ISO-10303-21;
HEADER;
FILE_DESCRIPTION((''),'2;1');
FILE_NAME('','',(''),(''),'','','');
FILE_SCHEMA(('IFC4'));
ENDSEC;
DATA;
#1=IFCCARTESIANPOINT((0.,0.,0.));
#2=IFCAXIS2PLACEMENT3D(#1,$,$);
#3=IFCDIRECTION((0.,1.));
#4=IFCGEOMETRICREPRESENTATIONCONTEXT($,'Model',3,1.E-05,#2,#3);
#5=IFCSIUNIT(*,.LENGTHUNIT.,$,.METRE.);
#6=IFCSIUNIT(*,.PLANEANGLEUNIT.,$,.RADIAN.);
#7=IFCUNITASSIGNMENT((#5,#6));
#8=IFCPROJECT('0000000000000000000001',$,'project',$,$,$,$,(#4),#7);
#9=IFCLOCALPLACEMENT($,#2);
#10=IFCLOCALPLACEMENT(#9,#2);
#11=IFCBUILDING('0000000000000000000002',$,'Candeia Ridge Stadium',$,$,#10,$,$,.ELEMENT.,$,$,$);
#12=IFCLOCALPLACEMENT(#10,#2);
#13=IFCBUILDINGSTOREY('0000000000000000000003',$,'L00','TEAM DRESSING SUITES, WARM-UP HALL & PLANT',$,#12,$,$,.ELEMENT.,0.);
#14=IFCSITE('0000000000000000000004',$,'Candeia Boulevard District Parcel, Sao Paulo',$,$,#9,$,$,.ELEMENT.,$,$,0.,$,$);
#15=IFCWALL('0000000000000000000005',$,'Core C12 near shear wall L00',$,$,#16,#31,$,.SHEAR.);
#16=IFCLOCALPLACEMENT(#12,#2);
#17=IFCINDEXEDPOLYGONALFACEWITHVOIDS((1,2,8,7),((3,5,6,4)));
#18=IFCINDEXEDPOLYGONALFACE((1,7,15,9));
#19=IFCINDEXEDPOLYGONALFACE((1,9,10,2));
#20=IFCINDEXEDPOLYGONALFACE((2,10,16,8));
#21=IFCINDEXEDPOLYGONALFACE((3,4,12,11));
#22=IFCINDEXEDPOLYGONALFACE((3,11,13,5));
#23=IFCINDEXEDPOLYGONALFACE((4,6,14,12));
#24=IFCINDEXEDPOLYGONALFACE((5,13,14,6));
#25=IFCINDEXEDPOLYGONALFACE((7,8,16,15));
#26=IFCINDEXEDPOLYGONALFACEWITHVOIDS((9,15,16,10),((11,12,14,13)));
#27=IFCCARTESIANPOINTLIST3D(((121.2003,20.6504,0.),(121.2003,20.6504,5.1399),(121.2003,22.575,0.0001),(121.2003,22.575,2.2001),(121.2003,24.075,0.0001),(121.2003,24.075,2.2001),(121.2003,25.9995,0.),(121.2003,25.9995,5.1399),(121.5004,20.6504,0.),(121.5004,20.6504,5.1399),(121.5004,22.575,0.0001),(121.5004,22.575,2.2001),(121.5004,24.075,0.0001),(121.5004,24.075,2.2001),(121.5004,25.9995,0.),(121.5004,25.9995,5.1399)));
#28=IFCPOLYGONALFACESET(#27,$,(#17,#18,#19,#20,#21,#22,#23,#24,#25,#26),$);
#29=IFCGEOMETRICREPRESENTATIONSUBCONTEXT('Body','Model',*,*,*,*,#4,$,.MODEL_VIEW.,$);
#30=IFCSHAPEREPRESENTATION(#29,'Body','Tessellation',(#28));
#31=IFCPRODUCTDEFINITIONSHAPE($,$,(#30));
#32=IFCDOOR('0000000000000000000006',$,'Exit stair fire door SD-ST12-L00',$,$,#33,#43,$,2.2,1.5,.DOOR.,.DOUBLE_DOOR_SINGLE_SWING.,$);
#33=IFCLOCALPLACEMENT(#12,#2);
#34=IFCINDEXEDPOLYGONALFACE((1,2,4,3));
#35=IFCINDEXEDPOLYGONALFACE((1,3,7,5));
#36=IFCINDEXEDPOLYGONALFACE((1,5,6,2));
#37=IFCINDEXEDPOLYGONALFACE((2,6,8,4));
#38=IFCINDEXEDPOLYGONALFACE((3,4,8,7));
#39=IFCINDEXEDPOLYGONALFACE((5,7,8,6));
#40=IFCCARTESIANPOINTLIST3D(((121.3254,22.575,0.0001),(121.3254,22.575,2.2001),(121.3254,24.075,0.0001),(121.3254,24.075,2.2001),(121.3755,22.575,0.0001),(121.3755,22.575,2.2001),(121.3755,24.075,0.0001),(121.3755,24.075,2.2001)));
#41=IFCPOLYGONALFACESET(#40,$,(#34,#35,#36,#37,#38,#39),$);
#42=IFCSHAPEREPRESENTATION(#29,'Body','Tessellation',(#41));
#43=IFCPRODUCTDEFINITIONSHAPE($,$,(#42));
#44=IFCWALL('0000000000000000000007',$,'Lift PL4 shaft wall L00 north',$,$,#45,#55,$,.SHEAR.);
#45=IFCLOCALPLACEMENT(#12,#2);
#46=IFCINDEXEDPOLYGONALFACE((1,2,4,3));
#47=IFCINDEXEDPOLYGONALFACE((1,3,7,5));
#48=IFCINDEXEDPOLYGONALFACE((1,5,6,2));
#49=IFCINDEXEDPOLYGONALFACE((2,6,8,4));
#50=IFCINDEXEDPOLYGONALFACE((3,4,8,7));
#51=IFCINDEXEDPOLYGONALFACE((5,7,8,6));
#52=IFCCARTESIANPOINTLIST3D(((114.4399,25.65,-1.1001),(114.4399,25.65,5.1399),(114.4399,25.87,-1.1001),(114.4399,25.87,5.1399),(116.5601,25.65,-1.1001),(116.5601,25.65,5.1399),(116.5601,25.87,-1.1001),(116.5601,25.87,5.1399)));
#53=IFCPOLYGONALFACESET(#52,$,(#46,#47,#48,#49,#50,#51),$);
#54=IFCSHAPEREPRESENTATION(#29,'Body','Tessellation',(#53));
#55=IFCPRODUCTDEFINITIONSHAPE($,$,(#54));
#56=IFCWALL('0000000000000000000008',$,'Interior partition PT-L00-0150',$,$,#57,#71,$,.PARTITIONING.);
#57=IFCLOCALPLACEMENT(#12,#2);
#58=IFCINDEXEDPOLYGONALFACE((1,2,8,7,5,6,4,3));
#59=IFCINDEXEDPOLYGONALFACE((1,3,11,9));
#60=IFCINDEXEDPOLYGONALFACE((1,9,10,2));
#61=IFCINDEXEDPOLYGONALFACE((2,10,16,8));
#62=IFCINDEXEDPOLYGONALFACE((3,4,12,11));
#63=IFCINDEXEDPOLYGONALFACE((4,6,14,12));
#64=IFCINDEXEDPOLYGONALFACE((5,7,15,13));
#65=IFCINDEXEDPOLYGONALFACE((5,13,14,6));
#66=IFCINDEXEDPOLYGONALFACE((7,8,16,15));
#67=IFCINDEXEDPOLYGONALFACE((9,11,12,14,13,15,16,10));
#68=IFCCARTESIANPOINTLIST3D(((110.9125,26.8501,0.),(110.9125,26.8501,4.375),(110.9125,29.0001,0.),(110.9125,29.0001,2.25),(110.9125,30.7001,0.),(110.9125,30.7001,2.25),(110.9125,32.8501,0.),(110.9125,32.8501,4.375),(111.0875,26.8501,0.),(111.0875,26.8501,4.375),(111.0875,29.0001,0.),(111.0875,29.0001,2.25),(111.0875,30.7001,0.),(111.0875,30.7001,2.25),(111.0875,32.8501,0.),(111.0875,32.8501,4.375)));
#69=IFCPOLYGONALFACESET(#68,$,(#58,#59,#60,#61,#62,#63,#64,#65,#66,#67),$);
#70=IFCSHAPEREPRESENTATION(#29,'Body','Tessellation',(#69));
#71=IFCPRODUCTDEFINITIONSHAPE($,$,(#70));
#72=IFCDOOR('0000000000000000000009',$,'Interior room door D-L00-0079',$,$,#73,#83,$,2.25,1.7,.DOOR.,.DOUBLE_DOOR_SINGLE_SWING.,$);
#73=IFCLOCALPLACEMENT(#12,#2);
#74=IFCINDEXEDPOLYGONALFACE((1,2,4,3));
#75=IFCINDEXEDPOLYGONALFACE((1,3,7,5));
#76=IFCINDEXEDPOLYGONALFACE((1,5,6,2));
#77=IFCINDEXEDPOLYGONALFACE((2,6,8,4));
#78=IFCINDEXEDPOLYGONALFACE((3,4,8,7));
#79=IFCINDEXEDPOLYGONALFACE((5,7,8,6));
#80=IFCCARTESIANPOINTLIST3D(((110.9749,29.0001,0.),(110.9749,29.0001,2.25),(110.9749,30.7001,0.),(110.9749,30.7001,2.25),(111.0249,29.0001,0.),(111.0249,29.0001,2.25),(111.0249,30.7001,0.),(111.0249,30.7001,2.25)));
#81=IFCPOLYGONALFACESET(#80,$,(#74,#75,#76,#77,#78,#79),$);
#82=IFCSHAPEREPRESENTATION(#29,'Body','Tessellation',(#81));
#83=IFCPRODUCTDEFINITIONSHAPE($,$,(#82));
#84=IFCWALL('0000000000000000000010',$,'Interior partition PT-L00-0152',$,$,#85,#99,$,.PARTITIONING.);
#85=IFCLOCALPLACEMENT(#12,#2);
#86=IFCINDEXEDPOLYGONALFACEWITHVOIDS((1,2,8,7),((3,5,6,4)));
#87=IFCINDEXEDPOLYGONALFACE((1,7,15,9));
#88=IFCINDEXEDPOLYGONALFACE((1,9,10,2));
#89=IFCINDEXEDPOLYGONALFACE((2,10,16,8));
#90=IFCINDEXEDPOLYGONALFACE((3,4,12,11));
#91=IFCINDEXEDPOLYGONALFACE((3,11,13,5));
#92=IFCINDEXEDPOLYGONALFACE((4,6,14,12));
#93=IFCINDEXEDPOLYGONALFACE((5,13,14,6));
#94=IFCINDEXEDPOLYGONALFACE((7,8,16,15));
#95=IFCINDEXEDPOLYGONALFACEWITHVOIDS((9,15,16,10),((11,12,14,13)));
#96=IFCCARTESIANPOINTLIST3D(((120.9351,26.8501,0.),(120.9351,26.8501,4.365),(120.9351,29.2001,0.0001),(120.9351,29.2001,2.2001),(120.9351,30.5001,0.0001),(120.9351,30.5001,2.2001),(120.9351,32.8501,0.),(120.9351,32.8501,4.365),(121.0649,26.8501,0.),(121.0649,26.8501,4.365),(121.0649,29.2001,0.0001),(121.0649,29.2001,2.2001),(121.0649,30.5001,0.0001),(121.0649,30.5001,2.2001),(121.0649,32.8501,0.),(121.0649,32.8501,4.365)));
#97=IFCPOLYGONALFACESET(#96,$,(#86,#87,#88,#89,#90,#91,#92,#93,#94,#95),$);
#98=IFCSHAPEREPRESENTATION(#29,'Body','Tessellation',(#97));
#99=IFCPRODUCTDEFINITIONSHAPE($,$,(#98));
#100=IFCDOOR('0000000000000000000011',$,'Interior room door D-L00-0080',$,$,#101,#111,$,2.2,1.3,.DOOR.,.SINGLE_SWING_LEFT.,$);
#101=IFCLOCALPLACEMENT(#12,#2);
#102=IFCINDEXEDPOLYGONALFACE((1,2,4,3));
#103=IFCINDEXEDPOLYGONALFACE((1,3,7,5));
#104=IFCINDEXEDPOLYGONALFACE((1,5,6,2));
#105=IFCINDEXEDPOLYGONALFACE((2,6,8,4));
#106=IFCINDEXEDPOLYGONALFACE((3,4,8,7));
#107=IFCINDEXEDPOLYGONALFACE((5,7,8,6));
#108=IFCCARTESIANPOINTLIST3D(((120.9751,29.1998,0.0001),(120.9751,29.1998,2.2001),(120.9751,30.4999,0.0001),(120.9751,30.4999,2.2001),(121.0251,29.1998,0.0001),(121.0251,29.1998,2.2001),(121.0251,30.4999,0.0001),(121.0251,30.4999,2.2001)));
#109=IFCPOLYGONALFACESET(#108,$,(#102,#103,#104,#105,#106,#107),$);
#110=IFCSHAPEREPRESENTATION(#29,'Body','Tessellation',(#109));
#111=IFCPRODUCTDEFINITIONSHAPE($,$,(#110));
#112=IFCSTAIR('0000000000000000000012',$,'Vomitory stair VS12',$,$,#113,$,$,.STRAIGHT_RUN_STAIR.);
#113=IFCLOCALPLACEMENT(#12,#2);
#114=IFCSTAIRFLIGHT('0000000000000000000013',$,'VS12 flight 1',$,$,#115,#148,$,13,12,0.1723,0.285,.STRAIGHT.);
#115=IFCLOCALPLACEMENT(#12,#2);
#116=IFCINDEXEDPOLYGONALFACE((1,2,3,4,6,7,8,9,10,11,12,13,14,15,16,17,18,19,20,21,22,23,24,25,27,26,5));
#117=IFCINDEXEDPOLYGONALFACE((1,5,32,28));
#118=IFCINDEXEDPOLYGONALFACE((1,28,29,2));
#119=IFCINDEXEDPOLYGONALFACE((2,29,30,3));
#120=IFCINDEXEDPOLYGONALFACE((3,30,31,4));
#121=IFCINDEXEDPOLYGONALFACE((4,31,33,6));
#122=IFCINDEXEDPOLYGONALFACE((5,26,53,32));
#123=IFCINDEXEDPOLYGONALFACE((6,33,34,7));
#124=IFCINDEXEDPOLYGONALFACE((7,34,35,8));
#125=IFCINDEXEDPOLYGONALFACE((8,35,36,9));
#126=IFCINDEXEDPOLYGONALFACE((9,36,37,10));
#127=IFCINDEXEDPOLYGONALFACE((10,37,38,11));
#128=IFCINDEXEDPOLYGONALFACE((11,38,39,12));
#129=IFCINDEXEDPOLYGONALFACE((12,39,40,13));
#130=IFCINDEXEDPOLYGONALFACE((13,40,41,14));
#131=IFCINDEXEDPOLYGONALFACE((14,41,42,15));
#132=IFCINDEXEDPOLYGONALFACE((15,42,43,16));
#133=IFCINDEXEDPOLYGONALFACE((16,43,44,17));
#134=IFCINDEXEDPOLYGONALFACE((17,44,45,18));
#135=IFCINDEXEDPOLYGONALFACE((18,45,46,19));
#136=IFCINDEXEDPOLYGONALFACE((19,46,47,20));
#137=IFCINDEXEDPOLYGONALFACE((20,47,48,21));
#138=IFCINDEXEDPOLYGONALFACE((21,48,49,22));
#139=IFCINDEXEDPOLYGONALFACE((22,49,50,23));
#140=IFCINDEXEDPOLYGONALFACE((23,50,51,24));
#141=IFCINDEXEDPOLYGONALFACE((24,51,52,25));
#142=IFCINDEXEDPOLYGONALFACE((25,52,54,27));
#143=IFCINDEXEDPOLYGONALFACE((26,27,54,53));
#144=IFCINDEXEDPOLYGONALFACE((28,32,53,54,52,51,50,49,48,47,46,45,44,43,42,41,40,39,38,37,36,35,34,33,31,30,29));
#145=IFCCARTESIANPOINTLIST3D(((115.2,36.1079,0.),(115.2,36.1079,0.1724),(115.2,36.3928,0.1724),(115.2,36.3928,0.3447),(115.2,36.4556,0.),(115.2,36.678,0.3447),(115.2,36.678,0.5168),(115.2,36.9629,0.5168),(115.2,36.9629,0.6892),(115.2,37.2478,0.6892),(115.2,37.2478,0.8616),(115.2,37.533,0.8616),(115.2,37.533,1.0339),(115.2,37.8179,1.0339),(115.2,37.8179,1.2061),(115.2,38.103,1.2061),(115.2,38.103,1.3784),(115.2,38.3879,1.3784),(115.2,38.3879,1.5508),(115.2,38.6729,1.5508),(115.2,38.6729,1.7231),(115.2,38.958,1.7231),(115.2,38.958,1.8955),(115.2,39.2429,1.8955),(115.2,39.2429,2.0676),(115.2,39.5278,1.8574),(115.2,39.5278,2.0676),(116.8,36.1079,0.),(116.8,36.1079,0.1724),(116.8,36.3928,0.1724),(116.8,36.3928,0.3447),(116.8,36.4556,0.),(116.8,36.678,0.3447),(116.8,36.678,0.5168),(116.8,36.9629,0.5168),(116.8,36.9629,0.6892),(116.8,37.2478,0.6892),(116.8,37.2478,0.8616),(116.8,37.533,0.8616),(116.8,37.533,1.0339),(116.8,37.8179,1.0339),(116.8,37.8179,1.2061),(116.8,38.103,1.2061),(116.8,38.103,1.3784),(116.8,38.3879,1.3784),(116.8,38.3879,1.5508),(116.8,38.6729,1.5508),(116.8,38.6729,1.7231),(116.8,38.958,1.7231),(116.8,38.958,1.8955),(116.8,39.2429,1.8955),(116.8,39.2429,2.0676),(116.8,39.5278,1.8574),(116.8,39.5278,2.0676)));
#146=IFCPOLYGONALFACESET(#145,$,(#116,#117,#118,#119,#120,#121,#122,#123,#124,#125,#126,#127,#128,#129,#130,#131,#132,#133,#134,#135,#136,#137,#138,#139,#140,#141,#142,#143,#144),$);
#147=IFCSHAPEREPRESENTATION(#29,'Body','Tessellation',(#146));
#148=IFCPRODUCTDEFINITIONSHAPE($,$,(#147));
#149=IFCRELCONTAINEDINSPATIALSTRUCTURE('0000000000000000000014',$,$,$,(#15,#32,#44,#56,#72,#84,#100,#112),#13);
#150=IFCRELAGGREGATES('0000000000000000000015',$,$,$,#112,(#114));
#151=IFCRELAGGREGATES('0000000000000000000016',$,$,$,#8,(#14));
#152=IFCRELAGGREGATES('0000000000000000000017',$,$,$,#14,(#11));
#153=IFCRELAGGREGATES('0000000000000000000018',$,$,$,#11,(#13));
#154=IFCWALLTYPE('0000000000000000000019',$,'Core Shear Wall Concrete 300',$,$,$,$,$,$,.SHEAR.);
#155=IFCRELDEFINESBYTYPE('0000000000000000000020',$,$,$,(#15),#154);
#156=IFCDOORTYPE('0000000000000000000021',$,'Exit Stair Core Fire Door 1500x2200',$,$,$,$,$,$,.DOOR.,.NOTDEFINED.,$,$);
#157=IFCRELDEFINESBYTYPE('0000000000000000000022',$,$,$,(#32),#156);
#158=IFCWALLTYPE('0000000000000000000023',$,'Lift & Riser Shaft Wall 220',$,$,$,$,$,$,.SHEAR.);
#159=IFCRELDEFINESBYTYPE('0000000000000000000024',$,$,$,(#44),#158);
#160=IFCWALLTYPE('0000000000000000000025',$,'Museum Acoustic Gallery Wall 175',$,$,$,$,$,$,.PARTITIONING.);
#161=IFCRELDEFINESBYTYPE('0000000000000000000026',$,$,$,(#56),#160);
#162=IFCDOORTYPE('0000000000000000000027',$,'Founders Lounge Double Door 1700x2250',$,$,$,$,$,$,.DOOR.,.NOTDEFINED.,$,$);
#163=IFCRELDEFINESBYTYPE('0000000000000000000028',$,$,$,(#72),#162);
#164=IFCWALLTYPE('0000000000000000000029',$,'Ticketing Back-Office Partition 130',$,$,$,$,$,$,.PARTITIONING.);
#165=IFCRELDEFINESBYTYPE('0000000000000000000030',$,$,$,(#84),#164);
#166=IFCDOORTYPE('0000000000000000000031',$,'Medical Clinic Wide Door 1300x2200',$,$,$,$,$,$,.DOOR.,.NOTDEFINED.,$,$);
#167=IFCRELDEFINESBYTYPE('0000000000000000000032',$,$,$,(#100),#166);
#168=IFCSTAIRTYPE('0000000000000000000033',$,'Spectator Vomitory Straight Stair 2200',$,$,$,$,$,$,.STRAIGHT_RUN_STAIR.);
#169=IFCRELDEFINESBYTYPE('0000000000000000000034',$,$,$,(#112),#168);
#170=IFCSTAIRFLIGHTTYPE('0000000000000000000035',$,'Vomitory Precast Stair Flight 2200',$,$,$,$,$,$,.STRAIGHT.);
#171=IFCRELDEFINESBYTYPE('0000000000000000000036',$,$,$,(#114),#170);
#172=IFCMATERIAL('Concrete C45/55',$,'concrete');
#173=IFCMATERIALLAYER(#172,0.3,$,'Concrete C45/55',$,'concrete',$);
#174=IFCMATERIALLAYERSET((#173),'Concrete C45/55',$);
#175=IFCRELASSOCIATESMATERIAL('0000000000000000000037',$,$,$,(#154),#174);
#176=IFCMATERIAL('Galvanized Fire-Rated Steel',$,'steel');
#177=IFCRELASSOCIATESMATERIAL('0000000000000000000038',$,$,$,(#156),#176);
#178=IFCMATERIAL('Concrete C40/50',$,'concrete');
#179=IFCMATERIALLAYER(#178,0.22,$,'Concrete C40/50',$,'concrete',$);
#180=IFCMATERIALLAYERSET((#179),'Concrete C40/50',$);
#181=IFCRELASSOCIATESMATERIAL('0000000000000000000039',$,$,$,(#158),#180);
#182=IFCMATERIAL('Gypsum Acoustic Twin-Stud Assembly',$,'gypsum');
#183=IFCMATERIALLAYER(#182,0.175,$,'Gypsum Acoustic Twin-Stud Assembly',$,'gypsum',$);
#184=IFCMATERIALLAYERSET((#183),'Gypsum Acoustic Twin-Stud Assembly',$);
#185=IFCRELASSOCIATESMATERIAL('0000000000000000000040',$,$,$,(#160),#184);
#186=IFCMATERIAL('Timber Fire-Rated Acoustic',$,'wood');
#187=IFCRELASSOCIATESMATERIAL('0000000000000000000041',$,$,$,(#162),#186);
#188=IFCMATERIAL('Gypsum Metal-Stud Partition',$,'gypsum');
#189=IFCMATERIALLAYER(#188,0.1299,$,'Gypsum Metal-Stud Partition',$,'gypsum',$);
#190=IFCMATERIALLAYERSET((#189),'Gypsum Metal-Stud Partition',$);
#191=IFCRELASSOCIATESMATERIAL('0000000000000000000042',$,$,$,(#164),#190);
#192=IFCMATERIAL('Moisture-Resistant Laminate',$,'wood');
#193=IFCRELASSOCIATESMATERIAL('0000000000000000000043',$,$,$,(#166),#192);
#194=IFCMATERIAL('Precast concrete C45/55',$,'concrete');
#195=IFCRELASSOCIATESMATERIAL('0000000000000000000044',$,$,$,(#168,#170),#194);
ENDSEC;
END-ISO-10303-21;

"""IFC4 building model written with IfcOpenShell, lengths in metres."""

from ifc_helpers import new_model, si_unit, direction, frame, frame_2d, origin, place, context, subcontext, project, spatial, polyline, rectangle, outline, extrude, material, layer, layer_set, type_object, element, fill, aggregate, save


model = new_model("IFC4")

# Units and contexts
model_context = context("Model", 3, precision=1e-05, world=origin(), true_north=direction((0.0, 1.0)))
body_context = subcontext(model_context, "Body", "Model", "MODEL_VIEW")
ifc_project = project(units=[si_unit("LENGTHUNIT", "METRE"), si_unit("PLANEANGLEUNIT", "RADIAN")], contexts=[model_context])

# Site, building, storey
site_placement = place(None, origin())
site = spatial("IfcSite", under=ifc_project, at=site_placement, Name="Candeia Boulevard District Parcel, Sao Paulo", CompositionType="ELEMENT", RefElevation=0.0)
building_placement = place(site_placement, origin())
building = spatial("IfcBuilding", under=site, at=building_placement, Name="Candeia Ridge Stadium", CompositionType="ELEMENT")
storey_placement = place(building_placement, origin())
storey = spatial("IfcBuildingStorey", under=building, at=storey_placement, Name="L00", Description="TEAM DRESSING SUITES, WARM-UP HALL & PLANT", CompositionType="ELEMENT", Elevation=0.0)

# Shared definitions
ifc_material_1 = material(Name="Concrete C40/50", Category="concrete")

# Shared definitions
ifc_material_2 = material(Name="Concrete C45/55", Category="concrete")

# Wall, opening, door
ifc_layer_1 = layer(ifc_material_2, 0.3, Name="Concrete C45/55", Category="concrete")
ifc_layer_set_1 = layer_set([ifc_layer_1], Name="Concrete C45/55")
wall_type_1 = type_object("IfcWallType", Name="Core Shear Wall Concrete 300", PredefinedType="SHEAR", material=ifc_layer_set_1)
wall_1_placement = place(storey_placement, frame((121.3503, 25.9995, 0.0), z_axis=(0.0, 0.0, 1.0), x_axis=(0.0, -1.0, 0.0)))
wall_1 = element("IfcWall", 1, at=wall_1_placement, inside=storey, type_object=wall_type_1, Name="Core C12 near shear wall L00", PredefinedType="SHEAR", context=body_context, shape_type="SweptSolid", body=[
    extrude(rectangle(XDim=5.3491, YDim=0.3, at=frame_2d((2.6746, 0.0))), origin(), (0.0, 0.0, 1.0), 5.1399),
])
opening_1_placement = place(wall_1_placement, frame((1.9246, 0.0, 0.0)))
opening_1 = element("IfcOpeningElement", 2, at=opening_1_placement, cuts=wall_1, PredefinedType="OPENING", context=body_context, shape_type="SweptSolid", body=[
    extrude(rectangle(XDim=1.5, YDim=2.2, at=frame_2d((0.75, 1.1001))), frame((0.0, 0.1599, 0.0), z_axis=(0.0, -1.0, 0.0), x_axis=(1.0, 0.0, 0.0)), (0.0, 0.0, 1.0), 0.3201),
])
ifc_material_3 = material(Name="Galvanized Fire-Rated Steel", Category="steel")
door_type_1 = type_object("IfcDoorType", Name="Exit Stair Core Fire Door 1500x2200", OperationType="NOTDEFINED", PredefinedType="DOOR", material=ifc_material_3)
door_1_placement = place(opening_1_placement, frame((1.5, 0.0, 0.0), z_axis=(0.0, 0.0, 1.0), x_axis=(-1.0, 0.0, 0.0)))
door_1 = element("IfcDoor", 3, at=door_1_placement, inside=storey, type_object=door_type_1, Name="Exit stair fire door SD-ST12-L00", OperationType="DOUBLE_DOOR_SINGLE_SWING", OverallHeight=2.2, OverallWidth=1.5, PredefinedType="DOOR", context=body_context, shape_type="SweptSolid", body=[
    extrude(rectangle(XDim=1.5, YDim=2.2, at=frame_2d((0.75, 1.1001))), frame((0.0, 0.0249, 0.0), z_axis=(0.0, -1.0, 0.0), x_axis=(1.0, 0.0, 0.0)), (0.0, 0.0, 1.0), 0.05),
])
fill(opening_1, door_1)

# Wall
ifc_layer_2 = layer(ifc_material_1, 0.22, Name="Concrete C40/50", Category="concrete")
ifc_layer_set_2 = layer_set([ifc_layer_2], Name="Concrete C40/50")
wall_type_2 = type_object("IfcWallType", Name="Lift & Riser Shaft Wall 220", PredefinedType="SHEAR", material=ifc_layer_set_2)
wall_2_placement = place(storey_placement, frame((116.5601, 25.76, -1.1001), z_axis=(0.0, 0.0, 1.0), x_axis=(-1.0, 0.0, 0.0)))
element("IfcWall", 4, at=wall_2_placement, inside=storey, type_object=wall_type_2, Name="Lift PL4 shaft wall L00 north", PredefinedType="SHEAR", context=body_context, shape_type="SweptSolid", body=[
    extrude(rectangle(XDim=2.1201, YDim=0.22, at=frame_2d((1.0601, 0.0))), origin(), (0.0, 0.0, 1.0), 6.24),
])

# Walls, openings, doors
ifc_material_4 = material(Name="Gypsum Acoustic Twin-Stud Assembly", Category="gypsum")
ifc_layer_3 = layer(ifc_material_4, 0.175, Name="Gypsum Acoustic Twin-Stud Assembly", Category="gypsum")
ifc_layer_set_3 = layer_set([ifc_layer_3], Name="Gypsum Acoustic Twin-Stud Assembly")
wall_type_3 = type_object("IfcWallType", Name="Museum Acoustic Gallery Wall 175", PredefinedType="PARTITIONING", material=ifc_layer_set_3)
wall_3_placement = place(storey_placement, frame((111.0, 32.8501, 0.0), z_axis=(0.0, 0.0, 1.0), x_axis=(0.0, -1.0, 0.0)))
wall_3 = element("IfcWall", 5, at=wall_3_placement, inside=storey, type_object=wall_type_3, Name="Interior partition PT-L00-0150", PredefinedType="PARTITIONING", context=body_context, shape_type="SweptSolid", body=[
    extrude(rectangle(XDim=6.0, YDim=0.175, at=frame_2d((3.0, 0.0))), origin(), (0.0, 0.0, 1.0), 4.375),
])
opening_2_placement = place(wall_3_placement, frame((2.1499, 0.0, 0.0)))
opening_2 = element("IfcOpeningElement", 6, at=opening_2_placement, cuts=wall_3, PredefinedType="OPENING", context=body_context, shape_type="SweptSolid", body=[
    extrude(rectangle(XDim=1.7, YDim=2.25, at=frame_2d((0.8501, 1.125))), frame((0.0, 0.0974, 0.0), z_axis=(0.0, -1.0, 0.0), x_axis=(1.0, 0.0, 0.0)), (0.0, 0.0, 1.0), 0.1951),
])
ifc_material_5 = material(Name="Timber Fire-Rated Acoustic", Category="wood")
door_type_2 = type_object("IfcDoorType", Name="Founders Lounge Double Door 1700x2250", OperationType="NOTDEFINED", PredefinedType="DOOR", material=ifc_material_5)
door_2_placement = place(opening_2_placement, origin())
door_2 = element("IfcDoor", 7, at=door_2_placement, inside=storey, type_object=door_type_2, Name="Interior room door D-L00-0079", OperationType="DOUBLE_DOOR_SINGLE_SWING", OverallHeight=2.25, OverallWidth=1.7, PredefinedType="DOOR", context=body_context, shape_type="SweptSolid", body=[
    extrude(rectangle(XDim=1.7, YDim=2.25, at=frame_2d((0.8501, 1.125))), frame((0.0, 0.0249, 0.0), z_axis=(0.0, -1.0, 0.0), x_axis=(1.0, 0.0, 0.0)), (0.0, 0.0, 1.0), 0.05),
])
fill(opening_2, door_2)
ifc_material_6 = material(Name="Gypsum Metal-Stud Partition", Category="gypsum")
ifc_layer_4 = layer(ifc_material_6, 0.1299, Name="Gypsum Metal-Stud Partition", Category="gypsum")
ifc_layer_set_4 = layer_set([ifc_layer_4], Name="Gypsum Metal-Stud Partition")
wall_type_4 = type_object("IfcWallType", Name="Ticketing Back-Office Partition 130", PredefinedType="PARTITIONING", material=ifc_layer_set_4)
wall_4_placement = place(storey_placement, frame((121.0, 32.8501, 0.0), z_axis=(0.0, 0.0, 1.0), x_axis=(0.0, -1.0, 0.0)))
wall_4 = element("IfcWall", 8, at=wall_4_placement, inside=storey, type_object=wall_type_4, Name="Interior partition PT-L00-0152", PredefinedType="PARTITIONING", context=body_context, shape_type="SweptSolid", body=[
    extrude(rectangle(XDim=6.0, YDim=0.1299, at=frame_2d((3.0, 0.0))), origin(), (0.0, 0.0, 1.0), 4.365),
])
opening_3_placement = place(wall_4_placement, frame((2.3501, 0.0, 0.0)))
opening_3 = element("IfcOpeningElement", 9, at=opening_3_placement, cuts=wall_4, PredefinedType="OPENING", context=body_context, shape_type="SweptSolid", body=[
    extrude(rectangle(XDim=1.3, YDim=2.2, at=frame_2d((0.6499, 1.1001))), frame((0.0, 0.075, 0.0), z_axis=(0.0, -1.0, 0.0), x_axis=(1.0, 0.0, 0.0)), (0.0, 0.0, 1.0), 0.1499),
])
ifc_material_7 = material(Name="Moisture-Resistant Laminate", Category="wood")
door_type_3 = type_object("IfcDoorType", Name="Medical Clinic Wide Door 1300x2200", OperationType="NOTDEFINED", PredefinedType="DOOR", material=ifc_material_7)
door_3_placement = place(opening_3_placement, frame((1.3, 0.0, 0.0), z_axis=(0.0, 0.0, 1.0), x_axis=(-1.0, 0.0, 0.0)))
door_3 = element("IfcDoor", 10, at=door_3_placement, inside=storey, type_object=door_type_3, Name="Interior room door D-L00-0080", OperationType="SINGLE_SWING_LEFT", OverallHeight=2.2, OverallWidth=1.3, PredefinedType="DOOR", context=body_context, shape_type="SweptSolid", body=[
    extrude(rectangle(XDim=1.3, YDim=2.2, at=frame_2d((0.6499, 1.1001))), frame((0.0, 0.0249, 0.0), z_axis=(0.0, -1.0, 0.0), x_axis=(1.0, 0.0, 0.0)), (0.0, 0.0, 1.0), 0.05),
])
fill(opening_3, door_3)

# Stair, stair flight
ifc_material_8 = material(Name="Precast concrete C45/55", Category="concrete")
stair_type = type_object("IfcStairType", Name="Spectator Vomitory Straight Stair 2200", PredefinedType="STRAIGHT_RUN_STAIR", material=ifc_material_8)
stair_placement = place(storey_placement, origin())
stair = element("IfcStair", 11, at=stair_placement, inside=storey, type_object=stair_type, Name="Vomitory stair VS12", PredefinedType="STRAIGHT_RUN_STAIR")
stair_flight_type = type_object("IfcStairFlightType", Name="Vomitory Precast Stair Flight 2200", PredefinedType="STRAIGHT", material=ifc_material_8)
stair_flight_placement = place(storey_placement, frame((116.0, 36.1079, 0.0), z_axis=(0.0, 0.0, 1.0), x_axis=(0.0, 1.0, 0.0)))
stair_flight = element("IfcStairFlight", 12, at=stair_flight_placement, type_object=stair_flight_type, Name="VS12 flight 1", NumberOfRisers=13, NumberOfTreads=12, PredefinedType="STRAIGHT", RiserHeight=0.1723, TreadLength=0.285, context=body_context, shape_type="SweptSolid", body=[
    extrude(outline(polyline([(0.0, 0.0), (0.0, 0.1724), (0.2849, 0.1724), (0.2849, 0.3447), (0.5701, 0.3447), (0.5701, 0.5168), (0.855, 0.5168), (0.855, 0.6892), (1.1399, 0.6892), (1.1399, 0.8616), (1.425, 0.8616), (1.425, 1.0339), (1.71, 1.0339), (1.71, 1.2061), (1.9951, 1.2061), (1.9951, 1.3784), (2.28, 1.3784), (2.28, 1.5508), (2.5649, 1.5508), (2.5649, 1.7231), (2.8501, 1.7231), (2.8501, 1.8955), (3.135, 1.8955), (3.135, 2.0676), (3.4199, 2.0676), (3.4199, 2.24), (3.4199, 1.8574), (0.3477, 0.0), (0.0, 0.0)])), frame((0.0, 0.8, 0.0), z_axis=(0.0, -1.0, 0.0), x_axis=(1.0, 0.0, 0.0)), (0.0, 0.0, 1.0), 1.6001),
])
aggregate(stair, [stair_flight])

save(model, "model.ifc")
